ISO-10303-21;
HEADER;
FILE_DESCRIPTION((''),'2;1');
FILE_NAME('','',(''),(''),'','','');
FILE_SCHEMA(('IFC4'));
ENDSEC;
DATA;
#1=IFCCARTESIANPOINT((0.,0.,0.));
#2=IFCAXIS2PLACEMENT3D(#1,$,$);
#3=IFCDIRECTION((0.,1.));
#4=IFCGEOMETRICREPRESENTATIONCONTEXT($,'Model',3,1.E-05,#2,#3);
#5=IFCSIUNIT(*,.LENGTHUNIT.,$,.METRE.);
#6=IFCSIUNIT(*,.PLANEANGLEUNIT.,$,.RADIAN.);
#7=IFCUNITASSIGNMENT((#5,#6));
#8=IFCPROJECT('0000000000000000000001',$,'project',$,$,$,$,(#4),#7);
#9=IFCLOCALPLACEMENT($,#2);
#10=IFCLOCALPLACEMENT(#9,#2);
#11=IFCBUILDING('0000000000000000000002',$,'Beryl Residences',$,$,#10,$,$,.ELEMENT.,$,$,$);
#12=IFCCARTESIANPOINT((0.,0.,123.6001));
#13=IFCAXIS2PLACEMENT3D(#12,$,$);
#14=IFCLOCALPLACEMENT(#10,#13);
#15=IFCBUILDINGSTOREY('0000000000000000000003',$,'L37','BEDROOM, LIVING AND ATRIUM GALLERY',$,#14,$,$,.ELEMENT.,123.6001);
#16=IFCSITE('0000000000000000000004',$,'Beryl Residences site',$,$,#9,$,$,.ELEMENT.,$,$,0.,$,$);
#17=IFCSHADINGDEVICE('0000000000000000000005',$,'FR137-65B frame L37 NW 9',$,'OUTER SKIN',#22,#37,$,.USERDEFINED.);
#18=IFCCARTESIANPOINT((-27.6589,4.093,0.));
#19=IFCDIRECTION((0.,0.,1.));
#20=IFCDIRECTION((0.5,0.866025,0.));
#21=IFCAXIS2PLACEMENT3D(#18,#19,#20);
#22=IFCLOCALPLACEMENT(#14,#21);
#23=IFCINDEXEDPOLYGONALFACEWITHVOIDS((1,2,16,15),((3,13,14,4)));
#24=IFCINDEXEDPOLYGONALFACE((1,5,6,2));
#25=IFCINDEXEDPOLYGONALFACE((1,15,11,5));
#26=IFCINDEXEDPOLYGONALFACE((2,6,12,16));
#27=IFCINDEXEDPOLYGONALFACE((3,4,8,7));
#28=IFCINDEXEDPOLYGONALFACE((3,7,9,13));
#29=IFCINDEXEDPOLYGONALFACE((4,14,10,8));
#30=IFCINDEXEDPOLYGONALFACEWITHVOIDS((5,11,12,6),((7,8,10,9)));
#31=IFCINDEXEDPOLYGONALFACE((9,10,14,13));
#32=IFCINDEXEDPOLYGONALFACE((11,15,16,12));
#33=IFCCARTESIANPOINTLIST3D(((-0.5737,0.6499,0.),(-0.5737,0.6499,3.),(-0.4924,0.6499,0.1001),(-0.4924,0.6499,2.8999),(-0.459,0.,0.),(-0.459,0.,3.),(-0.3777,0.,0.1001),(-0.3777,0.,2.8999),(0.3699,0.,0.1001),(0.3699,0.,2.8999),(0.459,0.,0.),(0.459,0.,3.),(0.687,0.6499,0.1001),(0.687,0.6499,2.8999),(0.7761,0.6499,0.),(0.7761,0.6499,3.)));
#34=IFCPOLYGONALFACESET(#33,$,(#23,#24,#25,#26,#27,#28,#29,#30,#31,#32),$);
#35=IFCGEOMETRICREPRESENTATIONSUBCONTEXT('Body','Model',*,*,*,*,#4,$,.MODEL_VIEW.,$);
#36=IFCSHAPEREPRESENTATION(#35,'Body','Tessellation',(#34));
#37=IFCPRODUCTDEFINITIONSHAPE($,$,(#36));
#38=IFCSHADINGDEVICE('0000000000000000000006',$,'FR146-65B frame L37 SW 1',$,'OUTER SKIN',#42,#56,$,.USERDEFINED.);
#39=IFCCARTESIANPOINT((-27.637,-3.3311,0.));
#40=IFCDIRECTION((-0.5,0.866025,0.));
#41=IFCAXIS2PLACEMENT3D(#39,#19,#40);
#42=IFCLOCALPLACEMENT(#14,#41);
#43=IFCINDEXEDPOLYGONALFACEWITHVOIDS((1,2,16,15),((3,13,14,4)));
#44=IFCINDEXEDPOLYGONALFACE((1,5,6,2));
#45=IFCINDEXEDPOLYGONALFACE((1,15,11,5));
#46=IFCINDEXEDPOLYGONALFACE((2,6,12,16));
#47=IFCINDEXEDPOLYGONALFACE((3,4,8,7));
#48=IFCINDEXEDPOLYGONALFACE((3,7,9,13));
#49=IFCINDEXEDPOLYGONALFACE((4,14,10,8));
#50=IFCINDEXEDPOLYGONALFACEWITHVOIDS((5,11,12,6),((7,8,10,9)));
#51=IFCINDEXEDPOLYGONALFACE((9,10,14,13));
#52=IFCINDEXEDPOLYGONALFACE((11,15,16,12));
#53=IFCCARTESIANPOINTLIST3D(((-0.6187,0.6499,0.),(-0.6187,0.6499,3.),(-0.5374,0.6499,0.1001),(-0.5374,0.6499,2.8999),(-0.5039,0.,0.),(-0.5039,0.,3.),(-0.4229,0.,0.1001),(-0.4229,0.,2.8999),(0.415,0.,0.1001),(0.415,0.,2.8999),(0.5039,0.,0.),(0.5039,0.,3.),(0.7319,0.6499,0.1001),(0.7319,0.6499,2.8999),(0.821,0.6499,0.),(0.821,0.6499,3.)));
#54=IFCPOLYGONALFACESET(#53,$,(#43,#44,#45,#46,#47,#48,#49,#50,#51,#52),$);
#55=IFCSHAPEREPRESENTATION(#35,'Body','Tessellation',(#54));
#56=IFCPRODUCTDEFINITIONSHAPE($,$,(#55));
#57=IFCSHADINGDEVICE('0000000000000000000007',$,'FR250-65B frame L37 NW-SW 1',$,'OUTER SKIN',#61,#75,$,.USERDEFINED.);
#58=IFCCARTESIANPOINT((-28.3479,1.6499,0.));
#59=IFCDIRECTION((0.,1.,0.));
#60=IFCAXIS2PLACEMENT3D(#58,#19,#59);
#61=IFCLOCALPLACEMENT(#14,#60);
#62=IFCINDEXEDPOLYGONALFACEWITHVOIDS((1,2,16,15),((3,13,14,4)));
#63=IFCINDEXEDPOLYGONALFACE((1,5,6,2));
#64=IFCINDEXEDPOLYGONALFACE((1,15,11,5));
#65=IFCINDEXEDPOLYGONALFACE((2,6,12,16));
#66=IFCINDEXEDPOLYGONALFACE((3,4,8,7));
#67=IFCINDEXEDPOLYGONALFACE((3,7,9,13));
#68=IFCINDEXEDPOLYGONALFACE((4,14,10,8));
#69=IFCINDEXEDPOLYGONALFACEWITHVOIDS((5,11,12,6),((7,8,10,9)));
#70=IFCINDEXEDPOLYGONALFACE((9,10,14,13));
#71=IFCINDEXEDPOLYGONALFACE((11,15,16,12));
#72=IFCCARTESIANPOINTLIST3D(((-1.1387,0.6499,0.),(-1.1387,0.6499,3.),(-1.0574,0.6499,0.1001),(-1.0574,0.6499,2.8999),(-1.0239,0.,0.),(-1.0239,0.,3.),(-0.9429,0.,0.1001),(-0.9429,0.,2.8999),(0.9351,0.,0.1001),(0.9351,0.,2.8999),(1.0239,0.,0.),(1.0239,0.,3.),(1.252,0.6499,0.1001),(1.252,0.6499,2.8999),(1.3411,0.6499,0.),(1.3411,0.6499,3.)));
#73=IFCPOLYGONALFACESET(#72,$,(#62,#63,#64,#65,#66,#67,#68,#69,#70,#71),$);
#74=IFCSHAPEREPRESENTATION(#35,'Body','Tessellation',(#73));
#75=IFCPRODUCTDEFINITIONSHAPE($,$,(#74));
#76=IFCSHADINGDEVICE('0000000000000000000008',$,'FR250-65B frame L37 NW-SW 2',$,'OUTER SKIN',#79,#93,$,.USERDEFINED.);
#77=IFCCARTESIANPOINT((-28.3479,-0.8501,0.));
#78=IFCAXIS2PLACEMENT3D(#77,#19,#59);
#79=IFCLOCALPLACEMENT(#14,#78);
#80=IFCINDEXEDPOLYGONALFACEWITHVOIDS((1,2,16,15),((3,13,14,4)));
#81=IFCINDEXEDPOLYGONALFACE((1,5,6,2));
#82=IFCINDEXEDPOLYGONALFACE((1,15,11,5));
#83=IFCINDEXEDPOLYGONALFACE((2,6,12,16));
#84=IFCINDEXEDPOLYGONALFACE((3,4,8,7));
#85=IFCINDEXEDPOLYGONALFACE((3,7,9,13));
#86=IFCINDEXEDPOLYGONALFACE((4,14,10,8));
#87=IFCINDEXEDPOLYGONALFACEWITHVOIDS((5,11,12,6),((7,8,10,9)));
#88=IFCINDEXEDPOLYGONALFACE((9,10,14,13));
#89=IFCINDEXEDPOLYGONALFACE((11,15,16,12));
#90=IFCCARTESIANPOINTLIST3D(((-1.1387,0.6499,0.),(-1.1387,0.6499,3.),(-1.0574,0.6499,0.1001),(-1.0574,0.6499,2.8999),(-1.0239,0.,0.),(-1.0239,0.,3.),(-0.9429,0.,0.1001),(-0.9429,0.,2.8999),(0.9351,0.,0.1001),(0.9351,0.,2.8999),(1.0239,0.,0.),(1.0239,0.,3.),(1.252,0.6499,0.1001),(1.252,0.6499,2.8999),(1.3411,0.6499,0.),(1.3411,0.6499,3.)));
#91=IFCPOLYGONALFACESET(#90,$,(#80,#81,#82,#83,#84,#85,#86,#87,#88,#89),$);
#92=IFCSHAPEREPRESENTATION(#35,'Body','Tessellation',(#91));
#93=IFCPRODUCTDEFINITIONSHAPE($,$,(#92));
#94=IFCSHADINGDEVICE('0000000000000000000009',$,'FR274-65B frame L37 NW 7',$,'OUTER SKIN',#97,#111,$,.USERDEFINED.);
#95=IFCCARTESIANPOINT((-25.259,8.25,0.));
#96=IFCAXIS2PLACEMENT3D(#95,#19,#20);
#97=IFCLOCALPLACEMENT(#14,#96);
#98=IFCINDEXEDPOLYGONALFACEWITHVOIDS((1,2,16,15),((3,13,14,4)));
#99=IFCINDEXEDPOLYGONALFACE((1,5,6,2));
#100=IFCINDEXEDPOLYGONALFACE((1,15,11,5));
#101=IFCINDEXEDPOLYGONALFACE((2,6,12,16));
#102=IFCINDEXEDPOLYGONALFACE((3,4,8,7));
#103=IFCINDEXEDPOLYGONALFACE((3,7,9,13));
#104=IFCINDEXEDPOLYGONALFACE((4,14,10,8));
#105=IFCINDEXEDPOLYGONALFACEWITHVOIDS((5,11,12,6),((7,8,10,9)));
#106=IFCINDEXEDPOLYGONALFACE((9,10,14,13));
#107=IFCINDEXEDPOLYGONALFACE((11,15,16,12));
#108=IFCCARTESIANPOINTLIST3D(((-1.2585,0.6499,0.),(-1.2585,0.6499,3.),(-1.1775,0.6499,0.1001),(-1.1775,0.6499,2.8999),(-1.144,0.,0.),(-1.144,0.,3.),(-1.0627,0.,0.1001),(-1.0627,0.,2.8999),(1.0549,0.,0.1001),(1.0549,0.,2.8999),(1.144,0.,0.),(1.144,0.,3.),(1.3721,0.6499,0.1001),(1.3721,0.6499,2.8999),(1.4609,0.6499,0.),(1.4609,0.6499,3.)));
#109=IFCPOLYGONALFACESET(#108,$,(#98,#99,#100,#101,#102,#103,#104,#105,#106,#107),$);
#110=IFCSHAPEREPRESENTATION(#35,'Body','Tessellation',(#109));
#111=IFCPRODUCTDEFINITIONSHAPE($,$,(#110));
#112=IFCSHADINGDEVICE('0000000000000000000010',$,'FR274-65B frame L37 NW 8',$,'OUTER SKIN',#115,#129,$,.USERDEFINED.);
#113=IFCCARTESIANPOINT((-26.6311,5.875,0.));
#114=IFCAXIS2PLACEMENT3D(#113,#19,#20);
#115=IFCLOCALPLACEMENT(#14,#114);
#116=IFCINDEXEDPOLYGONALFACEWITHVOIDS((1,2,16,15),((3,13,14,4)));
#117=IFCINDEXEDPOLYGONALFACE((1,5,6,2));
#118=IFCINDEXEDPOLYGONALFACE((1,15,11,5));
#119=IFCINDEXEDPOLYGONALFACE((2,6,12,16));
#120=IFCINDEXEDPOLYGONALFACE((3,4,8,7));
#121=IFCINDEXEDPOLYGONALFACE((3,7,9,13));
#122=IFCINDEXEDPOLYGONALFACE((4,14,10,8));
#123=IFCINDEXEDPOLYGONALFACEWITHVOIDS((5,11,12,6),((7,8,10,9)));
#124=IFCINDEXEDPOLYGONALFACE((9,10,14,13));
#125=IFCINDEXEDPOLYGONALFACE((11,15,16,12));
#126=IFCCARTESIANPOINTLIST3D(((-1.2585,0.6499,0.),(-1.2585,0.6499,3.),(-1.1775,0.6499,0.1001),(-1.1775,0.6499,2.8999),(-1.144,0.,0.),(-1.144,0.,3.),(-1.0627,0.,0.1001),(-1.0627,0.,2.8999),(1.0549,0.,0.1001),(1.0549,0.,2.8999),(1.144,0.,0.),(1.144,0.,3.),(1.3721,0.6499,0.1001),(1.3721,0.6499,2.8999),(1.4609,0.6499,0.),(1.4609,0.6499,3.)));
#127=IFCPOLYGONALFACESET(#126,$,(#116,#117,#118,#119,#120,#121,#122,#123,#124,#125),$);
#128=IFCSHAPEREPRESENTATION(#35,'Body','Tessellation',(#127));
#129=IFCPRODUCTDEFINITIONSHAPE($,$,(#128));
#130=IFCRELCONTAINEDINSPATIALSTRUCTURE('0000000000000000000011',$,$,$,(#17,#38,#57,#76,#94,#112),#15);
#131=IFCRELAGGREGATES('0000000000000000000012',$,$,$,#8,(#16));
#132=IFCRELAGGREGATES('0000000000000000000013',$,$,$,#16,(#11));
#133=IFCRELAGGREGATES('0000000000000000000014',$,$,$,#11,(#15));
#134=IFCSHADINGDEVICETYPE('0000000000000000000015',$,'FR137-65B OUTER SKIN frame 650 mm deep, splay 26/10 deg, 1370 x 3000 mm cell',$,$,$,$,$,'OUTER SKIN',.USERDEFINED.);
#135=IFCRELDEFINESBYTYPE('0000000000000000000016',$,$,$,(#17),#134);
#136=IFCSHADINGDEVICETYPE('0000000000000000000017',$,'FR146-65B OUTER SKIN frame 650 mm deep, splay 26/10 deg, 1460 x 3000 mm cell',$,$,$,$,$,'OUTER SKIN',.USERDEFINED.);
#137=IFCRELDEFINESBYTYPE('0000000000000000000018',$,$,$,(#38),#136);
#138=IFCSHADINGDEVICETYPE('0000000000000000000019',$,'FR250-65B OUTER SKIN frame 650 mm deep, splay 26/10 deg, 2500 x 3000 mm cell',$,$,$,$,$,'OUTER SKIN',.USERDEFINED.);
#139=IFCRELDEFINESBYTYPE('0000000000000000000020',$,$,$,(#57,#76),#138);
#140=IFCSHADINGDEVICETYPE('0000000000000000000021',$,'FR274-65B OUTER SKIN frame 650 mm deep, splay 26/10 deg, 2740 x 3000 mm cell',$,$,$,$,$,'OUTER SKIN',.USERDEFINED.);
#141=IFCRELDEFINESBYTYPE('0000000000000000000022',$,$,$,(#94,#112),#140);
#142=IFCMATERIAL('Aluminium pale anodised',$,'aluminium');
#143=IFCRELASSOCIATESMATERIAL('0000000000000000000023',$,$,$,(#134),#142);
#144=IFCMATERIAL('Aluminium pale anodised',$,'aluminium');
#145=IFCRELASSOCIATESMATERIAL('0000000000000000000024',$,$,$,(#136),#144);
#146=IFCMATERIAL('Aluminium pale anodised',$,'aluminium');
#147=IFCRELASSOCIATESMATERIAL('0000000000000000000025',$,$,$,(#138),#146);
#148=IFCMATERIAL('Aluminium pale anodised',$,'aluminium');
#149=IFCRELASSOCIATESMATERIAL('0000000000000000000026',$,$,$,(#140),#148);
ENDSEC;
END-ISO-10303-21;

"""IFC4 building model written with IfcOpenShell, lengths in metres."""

from ifc_helpers import new_model, entity, si_unit, direction, frame, origin, place, context, subcontext, project, spatial, source, transform, mapped, material, type_object, type_shapes, element, save


model = new_model("IFC4")

# Units and contexts
model_context = context("Model", 3, precision=1e-05, world=origin(), true_north=direction((0.0, 1.0)))
body_context = subcontext(model_context, "Body", "Model", "MODEL_VIEW")
ifc_project = project(units=[si_unit("LENGTHUNIT", "METRE"), si_unit("PLANEANGLEUNIT", "RADIAN")], contexts=[model_context])

# Site, building, storey
site_placement = place(None, origin())
site = spatial("IfcSite", under=ifc_project, at=site_placement, Name="Beryl Residences site", CompositionType="ELEMENT", RefElevation=0.0)
building_placement = place(site_placement, origin())
building = spatial("IfcBuilding", under=site, at=building_placement, Name="Beryl Residences", CompositionType="ELEMENT")
storey_placement = place(building_placement, frame((0.0, 0.0, 123.6001)))
storey = spatial("IfcBuildingStorey", under=building, at=storey_placement, Name="L37", Description="BEDROOM, LIVING AND ATRIUM GALLERY", CompositionType="ELEMENT", Elevation=123.6001)

# Shading devices
ifc_material_1 = material(Name="Aluminium pale anodised", Category="aluminium")
shading_device_type_1 = type_object("IfcShadingDeviceType", Name="FR137-65B OUTER SKIN frame 650 mm deep, splay 26/10 deg, 1370 x 3000 mm cell", ElementType="OUTER SKIN", PredefinedType="USERDEFINED", material=ifc_material_1)
cartesian_point_1 = entity("IfcCartesianPoint", [-0.459, 0.0])
cartesian_point_2 = entity("IfcCartesianPoint", [-0.3699, 0.1001])
cartesian_point_3 = entity("IfcCartesianPoint", [-0.7761, 0.0])
cartesian_point_4 = entity("IfcCartesianPoint", [-0.687, 0.1001])
shared_shape_1 = source(origin(), body_context, "Body", "SweptSolid", [
    entity("IfcExtrudedAreaSolidTapered", entity("IfcArbitraryProfileDefWithVoids", "AREA", None, entity("IfcPolyline", [cartesian_point_1, entity("IfcCartesianPoint", [0.459, 0.0]), entity("IfcCartesianPoint", [0.459, 3.0]), entity("IfcCartesianPoint", [-0.459, 3.0]), cartesian_point_1]), [entity("IfcPolyline", [cartesian_point_2, entity("IfcCartesianPoint", [0.3777, 0.1001]), entity("IfcCartesianPoint", [0.3777, 2.8999]), entity("IfcCartesianPoint", [-0.3699, 2.8999]), cartesian_point_2])]), entity("IfcAxis2Placement3D", entity("IfcCartesianPoint", [0.0, 0.0, 0.0]), entity("IfcDirection", [0.0, 1.0, 0.0]), entity("IfcDirection", [-1.0, 0.0, 0.0])), entity("IfcDirection", [0.0, 0.0, 1.0]), 0.6499, entity("IfcArbitraryProfileDefWithVoids", "AREA", None, entity("IfcPolyline", [cartesian_point_3, entity("IfcCartesianPoint", [0.5737, 0.0]), entity("IfcCartesianPoint", [0.5737, 3.0]), entity("IfcCartesianPoint", [-0.7761, 3.0]), cartesian_point_3]), [entity("IfcPolyline", [cartesian_point_4, entity("IfcCartesianPoint", [0.4924, 0.1001]), entity("IfcCartesianPoint", [0.4924, 2.8999]), entity("IfcCartesianPoint", [-0.687, 2.8999]), cartesian_point_4])])),
])
type_shapes(shading_device_type_1, [shared_shape_1])
shading_device_1_placement = place(storey_placement, frame((-27.6589, 4.093, 0.0), z_axis=(0.0, 0.0, 1.0), x_axis=(0.5, 0.866025, 0.0)))
element("IfcShadingDevice", 1, at=shading_device_1_placement, inside=storey, type_object=shading_device_type_1, Name="FR137-65B frame L37 NW 9", ObjectType="OUTER SKIN", PredefinedType="USERDEFINED", context=body_context, shape_type="MappedRepresentation", body=[
    mapped(shared_shape_1, transform((0.0, 0.0, 0.0))),
])
ifc_material_2 = material(Name="Aluminium pale anodised", Category="aluminium")
shading_device_type_2 = type_object("IfcShadingDeviceType", Name="FR146-65B OUTER SKIN frame 650 mm deep, splay 26/10 deg, 1460 x 3000 mm cell", ElementType="OUTER SKIN", PredefinedType="USERDEFINED", material=ifc_material_2)
cartesian_point_5 = entity("IfcCartesianPoint", [-0.5039, 0.0])
cartesian_point_6 = entity("IfcCartesianPoint", [-0.415, 0.1001])
cartesian_point_7 = entity("IfcCartesianPoint", [-0.821, 0.0])
cartesian_point_8 = entity("IfcCartesianPoint", [-0.7319, 0.1001])
shared_shape_2 = source(origin(), body_context, "Body", "SweptSolid", [
    entity("IfcExtrudedAreaSolidTapered", entity("IfcArbitraryProfileDefWithVoids", "AREA", None, entity("IfcPolyline", [cartesian_point_5, entity("IfcCartesianPoint", [0.5039, 0.0]), entity("IfcCartesianPoint", [0.5039, 3.0]), entity("IfcCartesianPoint", [-0.5039, 3.0]), cartesian_point_5]), [entity("IfcPolyline", [cartesian_point_6, entity("IfcCartesianPoint", [0.4229, 0.1001]), entity("IfcCartesianPoint", [0.4229, 2.8999]), entity("IfcCartesianPoint", [-0.415, 2.8999]), cartesian_point_6])]), entity("IfcAxis2Placement3D", entity("IfcCartesianPoint", [0.0, 0.0, 0.0]), entity("IfcDirection", [0.0, 1.0, 0.0]), entity("IfcDirection", [-1.0, 0.0, 0.0])), entity("IfcDirection", [0.0, 0.0, 1.0]), 0.6499, entity("IfcArbitraryProfileDefWithVoids", "AREA", None, entity("IfcPolyline", [cartesian_point_7, entity("IfcCartesianPoint", [0.6187, 0.0]), entity("IfcCartesianPoint", [0.6187, 3.0]), entity("IfcCartesianPoint", [-0.821, 3.0]), cartesian_point_7]), [entity("IfcPolyline", [cartesian_point_8, entity("IfcCartesianPoint", [0.5374, 0.1001]), entity("IfcCartesianPoint", [0.5374, 2.8999]), entity("IfcCartesianPoint", [-0.7319, 2.8999]), cartesian_point_8])])),
])
type_shapes(shading_device_type_2, [shared_shape_2])
shading_device_2_placement = place(storey_placement, frame((-27.637, -3.3311, 0.0), z_axis=(0.0, 0.0, 1.0), x_axis=(-0.5, 0.866025, 0.0)))
element("IfcShadingDevice", 2, at=shading_device_2_placement, inside=storey, type_object=shading_device_type_2, Name="FR146-65B frame L37 SW 1", ObjectType="OUTER SKIN", PredefinedType="USERDEFINED", context=body_context, shape_type="MappedRepresentation", body=[
    mapped(shared_shape_2, transform((0.0, 0.0, 0.0))),
])
ifc_material_3 = material(Name="Aluminium pale anodised", Category="aluminium")
shading_device_type_3 = type_object("IfcShadingDeviceType", Name="FR250-65B OUTER SKIN frame 650 mm deep, splay 26/10 deg, 2500 x 3000 mm cell", ElementType="OUTER SKIN", PredefinedType="USERDEFINED", material=ifc_material_3)
cartesian_point_9 = entity("IfcCartesianPoint", [-1.0239, 0.0])
cartesian_point_10 = entity("IfcCartesianPoint", [-0.9351, 0.1001])
cartesian_point_11 = entity("IfcCartesianPoint", [-1.3411, 0.0])
cartesian_point_12 = entity("IfcCartesianPoint", [-1.252, 0.1001])
shared_shape_3 = source(origin(), body_context, "Body", "SweptSolid", [
    entity("IfcExtrudedAreaSolidTapered", entity("IfcArbitraryProfileDefWithVoids", "AREA", None, entity("IfcPolyline", [cartesian_point_9, entity("IfcCartesianPoint", [1.0239, 0.0]), entity("IfcCartesianPoint", [1.0239, 3.0]), entity("IfcCartesianPoint", [-1.0239, 3.0]), cartesian_point_9]), [entity("IfcPolyline", [cartesian_point_10, entity("IfcCartesianPoint", [0.9429, 0.1001]), entity("IfcCartesianPoint", [0.9429, 2.8999]), entity("IfcCartesianPoint", [-0.9351, 2.8999]), cartesian_point_10])]), entity("IfcAxis2Placement3D", entity("IfcCartesianPoint", [0.0, 0.0, 0.0]), entity("IfcDirection", [0.0, 1.0, 0.0]), entity("IfcDirection", [-1.0, 0.0, 0.0])), entity("IfcDirection", [0.0, 0.0, 1.0]), 0.6499, entity("IfcArbitraryProfileDefWithVoids", "AREA", None, entity("IfcPolyline", [cartesian_point_11, entity("IfcCartesianPoint", [1.1387, 0.0]), entity("IfcCartesianPoint", [1.1387, 3.0]), entity("IfcCartesianPoint", [-1.3411, 3.0]), cartesian_point_11]), [entity("IfcPolyline", [cartesian_point_12, entity("IfcCartesianPoint", [1.0574, 0.1001]), entity("IfcCartesianPoint", [1.0574, 2.8999]), entity("IfcCartesianPoint", [-1.252, 2.8999]), cartesian_point_12])])),
])
type_shapes(shading_device_type_3, [shared_shape_3])
for number, where, z_axis, x_axis, name in (
    (3, (-28.3479, 1.6499, 0.0), (0.0, 0.0, 1.0), (0.0, 1.0, 0.0), "FR250-65B frame L37 NW-SW 1"),
    (4, (-28.3479, -0.8501, 0.0), (0.0, 0.0, 1.0), (0.0, 1.0, 0.0), "FR250-65B frame L37 NW-SW 2"),
):
    element("IfcShadingDevice", number, at=place(storey_placement, frame(where, z_axis=z_axis, x_axis=x_axis)), inside=storey, type_object=shading_device_type_3, Name=name, ObjectType="OUTER SKIN", PredefinedType="USERDEFINED", context=body_context, shape_type="MappedRepresentation", body=[
        mapped(shared_shape_3, transform((0.0, 0.0, 0.0))),
    ])
ifc_material_4 = material(Name="Aluminium pale anodised", Category="aluminium")
shading_device_type_4 = type_object("IfcShadingDeviceType", Name="FR274-65B OUTER SKIN frame 650 mm deep, splay 26/10 deg, 2740 x 3000 mm cell", ElementType="OUTER SKIN", PredefinedType="USERDEFINED", material=ifc_material_4)
cartesian_point_13 = entity("IfcCartesianPoint", [-1.144, 0.0])
cartesian_point_14 = entity("IfcCartesianPoint", [-1.0549, 0.1001])
cartesian_point_15 = entity("IfcCartesianPoint", [-1.4609, 0.0])
cartesian_point_16 = entity("IfcCartesianPoint", [-1.3721, 0.1001])
shared_shape_4 = source(origin(), body_context, "Body", "SweptSolid", [
    entity("IfcExtrudedAreaSolidTapered", entity("IfcArbitraryProfileDefWithVoids", "AREA", None, entity("IfcPolyline", [cartesian_point_13, entity("IfcCartesianPoint", [1.144, 0.0]), entity("IfcCartesianPoint", [1.144, 3.0]), entity("IfcCartesianPoint", [-1.144, 3.0]), cartesian_point_13]), [entity("IfcPolyline", [cartesian_point_14, entity("IfcCartesianPoint", [1.0627, 0.1001]), entity("IfcCartesianPoint", [1.0627, 2.8999]), entity("IfcCartesianPoint", [-1.0549, 2.8999]), cartesian_point_14])]), entity("IfcAxis2Placement3D", entity("IfcCartesianPoint", [0.0, 0.0, 0.0]), entity("IfcDirection", [0.0, 1.0, 0.0]), entity("IfcDirection", [-1.0, 0.0, 0.0])), entity("IfcDirection", [0.0, 0.0, 1.0]), 0.6499, entity("IfcArbitraryProfileDefWithVoids", "AREA", None, entity("IfcPolyline", [cartesian_point_15, entity("IfcCartesianPoint", [1.2585, 0.0]), entity("IfcCartesianPoint", [1.2585, 3.0]), entity("IfcCartesianPoint", [-1.4609, 3.0]), cartesian_point_15]), [entity("IfcPolyline", [cartesian_point_16, entity("IfcCartesianPoint", [1.1775, 0.1001]), entity("IfcCartesianPoint", [1.1775, 2.8999]), entity("IfcCartesianPoint", [-1.3721, 2.8999]), cartesian_point_16])])),
])
type_shapes(shading_device_type_4, [shared_shape_4])
for number, where, z_axis, x_axis, name in (
    (5, (-25.259, 8.25, 0.0), (0.0, 0.0, 1.0), (0.5, 0.866025, 0.0), "FR274-65B frame L37 NW 7"),
    (6, (-26.6311, 5.875, 0.0), (0.0, 0.0, 1.0), (0.5, 0.866025, 0.0), "FR274-65B frame L37 NW 8"),
):
    element("IfcShadingDevice", number, at=place(storey_placement, frame(where, z_axis=z_axis, x_axis=x_axis)), inside=storey, type_object=shading_device_type_4, Name=name, ObjectType="OUTER SKIN", PredefinedType="USERDEFINED", context=body_context, shape_type="MappedRepresentation", body=[
        mapped(shared_shape_4, transform((0.0, 0.0, 0.0))),
    ])

save(model, "model.ifc")
